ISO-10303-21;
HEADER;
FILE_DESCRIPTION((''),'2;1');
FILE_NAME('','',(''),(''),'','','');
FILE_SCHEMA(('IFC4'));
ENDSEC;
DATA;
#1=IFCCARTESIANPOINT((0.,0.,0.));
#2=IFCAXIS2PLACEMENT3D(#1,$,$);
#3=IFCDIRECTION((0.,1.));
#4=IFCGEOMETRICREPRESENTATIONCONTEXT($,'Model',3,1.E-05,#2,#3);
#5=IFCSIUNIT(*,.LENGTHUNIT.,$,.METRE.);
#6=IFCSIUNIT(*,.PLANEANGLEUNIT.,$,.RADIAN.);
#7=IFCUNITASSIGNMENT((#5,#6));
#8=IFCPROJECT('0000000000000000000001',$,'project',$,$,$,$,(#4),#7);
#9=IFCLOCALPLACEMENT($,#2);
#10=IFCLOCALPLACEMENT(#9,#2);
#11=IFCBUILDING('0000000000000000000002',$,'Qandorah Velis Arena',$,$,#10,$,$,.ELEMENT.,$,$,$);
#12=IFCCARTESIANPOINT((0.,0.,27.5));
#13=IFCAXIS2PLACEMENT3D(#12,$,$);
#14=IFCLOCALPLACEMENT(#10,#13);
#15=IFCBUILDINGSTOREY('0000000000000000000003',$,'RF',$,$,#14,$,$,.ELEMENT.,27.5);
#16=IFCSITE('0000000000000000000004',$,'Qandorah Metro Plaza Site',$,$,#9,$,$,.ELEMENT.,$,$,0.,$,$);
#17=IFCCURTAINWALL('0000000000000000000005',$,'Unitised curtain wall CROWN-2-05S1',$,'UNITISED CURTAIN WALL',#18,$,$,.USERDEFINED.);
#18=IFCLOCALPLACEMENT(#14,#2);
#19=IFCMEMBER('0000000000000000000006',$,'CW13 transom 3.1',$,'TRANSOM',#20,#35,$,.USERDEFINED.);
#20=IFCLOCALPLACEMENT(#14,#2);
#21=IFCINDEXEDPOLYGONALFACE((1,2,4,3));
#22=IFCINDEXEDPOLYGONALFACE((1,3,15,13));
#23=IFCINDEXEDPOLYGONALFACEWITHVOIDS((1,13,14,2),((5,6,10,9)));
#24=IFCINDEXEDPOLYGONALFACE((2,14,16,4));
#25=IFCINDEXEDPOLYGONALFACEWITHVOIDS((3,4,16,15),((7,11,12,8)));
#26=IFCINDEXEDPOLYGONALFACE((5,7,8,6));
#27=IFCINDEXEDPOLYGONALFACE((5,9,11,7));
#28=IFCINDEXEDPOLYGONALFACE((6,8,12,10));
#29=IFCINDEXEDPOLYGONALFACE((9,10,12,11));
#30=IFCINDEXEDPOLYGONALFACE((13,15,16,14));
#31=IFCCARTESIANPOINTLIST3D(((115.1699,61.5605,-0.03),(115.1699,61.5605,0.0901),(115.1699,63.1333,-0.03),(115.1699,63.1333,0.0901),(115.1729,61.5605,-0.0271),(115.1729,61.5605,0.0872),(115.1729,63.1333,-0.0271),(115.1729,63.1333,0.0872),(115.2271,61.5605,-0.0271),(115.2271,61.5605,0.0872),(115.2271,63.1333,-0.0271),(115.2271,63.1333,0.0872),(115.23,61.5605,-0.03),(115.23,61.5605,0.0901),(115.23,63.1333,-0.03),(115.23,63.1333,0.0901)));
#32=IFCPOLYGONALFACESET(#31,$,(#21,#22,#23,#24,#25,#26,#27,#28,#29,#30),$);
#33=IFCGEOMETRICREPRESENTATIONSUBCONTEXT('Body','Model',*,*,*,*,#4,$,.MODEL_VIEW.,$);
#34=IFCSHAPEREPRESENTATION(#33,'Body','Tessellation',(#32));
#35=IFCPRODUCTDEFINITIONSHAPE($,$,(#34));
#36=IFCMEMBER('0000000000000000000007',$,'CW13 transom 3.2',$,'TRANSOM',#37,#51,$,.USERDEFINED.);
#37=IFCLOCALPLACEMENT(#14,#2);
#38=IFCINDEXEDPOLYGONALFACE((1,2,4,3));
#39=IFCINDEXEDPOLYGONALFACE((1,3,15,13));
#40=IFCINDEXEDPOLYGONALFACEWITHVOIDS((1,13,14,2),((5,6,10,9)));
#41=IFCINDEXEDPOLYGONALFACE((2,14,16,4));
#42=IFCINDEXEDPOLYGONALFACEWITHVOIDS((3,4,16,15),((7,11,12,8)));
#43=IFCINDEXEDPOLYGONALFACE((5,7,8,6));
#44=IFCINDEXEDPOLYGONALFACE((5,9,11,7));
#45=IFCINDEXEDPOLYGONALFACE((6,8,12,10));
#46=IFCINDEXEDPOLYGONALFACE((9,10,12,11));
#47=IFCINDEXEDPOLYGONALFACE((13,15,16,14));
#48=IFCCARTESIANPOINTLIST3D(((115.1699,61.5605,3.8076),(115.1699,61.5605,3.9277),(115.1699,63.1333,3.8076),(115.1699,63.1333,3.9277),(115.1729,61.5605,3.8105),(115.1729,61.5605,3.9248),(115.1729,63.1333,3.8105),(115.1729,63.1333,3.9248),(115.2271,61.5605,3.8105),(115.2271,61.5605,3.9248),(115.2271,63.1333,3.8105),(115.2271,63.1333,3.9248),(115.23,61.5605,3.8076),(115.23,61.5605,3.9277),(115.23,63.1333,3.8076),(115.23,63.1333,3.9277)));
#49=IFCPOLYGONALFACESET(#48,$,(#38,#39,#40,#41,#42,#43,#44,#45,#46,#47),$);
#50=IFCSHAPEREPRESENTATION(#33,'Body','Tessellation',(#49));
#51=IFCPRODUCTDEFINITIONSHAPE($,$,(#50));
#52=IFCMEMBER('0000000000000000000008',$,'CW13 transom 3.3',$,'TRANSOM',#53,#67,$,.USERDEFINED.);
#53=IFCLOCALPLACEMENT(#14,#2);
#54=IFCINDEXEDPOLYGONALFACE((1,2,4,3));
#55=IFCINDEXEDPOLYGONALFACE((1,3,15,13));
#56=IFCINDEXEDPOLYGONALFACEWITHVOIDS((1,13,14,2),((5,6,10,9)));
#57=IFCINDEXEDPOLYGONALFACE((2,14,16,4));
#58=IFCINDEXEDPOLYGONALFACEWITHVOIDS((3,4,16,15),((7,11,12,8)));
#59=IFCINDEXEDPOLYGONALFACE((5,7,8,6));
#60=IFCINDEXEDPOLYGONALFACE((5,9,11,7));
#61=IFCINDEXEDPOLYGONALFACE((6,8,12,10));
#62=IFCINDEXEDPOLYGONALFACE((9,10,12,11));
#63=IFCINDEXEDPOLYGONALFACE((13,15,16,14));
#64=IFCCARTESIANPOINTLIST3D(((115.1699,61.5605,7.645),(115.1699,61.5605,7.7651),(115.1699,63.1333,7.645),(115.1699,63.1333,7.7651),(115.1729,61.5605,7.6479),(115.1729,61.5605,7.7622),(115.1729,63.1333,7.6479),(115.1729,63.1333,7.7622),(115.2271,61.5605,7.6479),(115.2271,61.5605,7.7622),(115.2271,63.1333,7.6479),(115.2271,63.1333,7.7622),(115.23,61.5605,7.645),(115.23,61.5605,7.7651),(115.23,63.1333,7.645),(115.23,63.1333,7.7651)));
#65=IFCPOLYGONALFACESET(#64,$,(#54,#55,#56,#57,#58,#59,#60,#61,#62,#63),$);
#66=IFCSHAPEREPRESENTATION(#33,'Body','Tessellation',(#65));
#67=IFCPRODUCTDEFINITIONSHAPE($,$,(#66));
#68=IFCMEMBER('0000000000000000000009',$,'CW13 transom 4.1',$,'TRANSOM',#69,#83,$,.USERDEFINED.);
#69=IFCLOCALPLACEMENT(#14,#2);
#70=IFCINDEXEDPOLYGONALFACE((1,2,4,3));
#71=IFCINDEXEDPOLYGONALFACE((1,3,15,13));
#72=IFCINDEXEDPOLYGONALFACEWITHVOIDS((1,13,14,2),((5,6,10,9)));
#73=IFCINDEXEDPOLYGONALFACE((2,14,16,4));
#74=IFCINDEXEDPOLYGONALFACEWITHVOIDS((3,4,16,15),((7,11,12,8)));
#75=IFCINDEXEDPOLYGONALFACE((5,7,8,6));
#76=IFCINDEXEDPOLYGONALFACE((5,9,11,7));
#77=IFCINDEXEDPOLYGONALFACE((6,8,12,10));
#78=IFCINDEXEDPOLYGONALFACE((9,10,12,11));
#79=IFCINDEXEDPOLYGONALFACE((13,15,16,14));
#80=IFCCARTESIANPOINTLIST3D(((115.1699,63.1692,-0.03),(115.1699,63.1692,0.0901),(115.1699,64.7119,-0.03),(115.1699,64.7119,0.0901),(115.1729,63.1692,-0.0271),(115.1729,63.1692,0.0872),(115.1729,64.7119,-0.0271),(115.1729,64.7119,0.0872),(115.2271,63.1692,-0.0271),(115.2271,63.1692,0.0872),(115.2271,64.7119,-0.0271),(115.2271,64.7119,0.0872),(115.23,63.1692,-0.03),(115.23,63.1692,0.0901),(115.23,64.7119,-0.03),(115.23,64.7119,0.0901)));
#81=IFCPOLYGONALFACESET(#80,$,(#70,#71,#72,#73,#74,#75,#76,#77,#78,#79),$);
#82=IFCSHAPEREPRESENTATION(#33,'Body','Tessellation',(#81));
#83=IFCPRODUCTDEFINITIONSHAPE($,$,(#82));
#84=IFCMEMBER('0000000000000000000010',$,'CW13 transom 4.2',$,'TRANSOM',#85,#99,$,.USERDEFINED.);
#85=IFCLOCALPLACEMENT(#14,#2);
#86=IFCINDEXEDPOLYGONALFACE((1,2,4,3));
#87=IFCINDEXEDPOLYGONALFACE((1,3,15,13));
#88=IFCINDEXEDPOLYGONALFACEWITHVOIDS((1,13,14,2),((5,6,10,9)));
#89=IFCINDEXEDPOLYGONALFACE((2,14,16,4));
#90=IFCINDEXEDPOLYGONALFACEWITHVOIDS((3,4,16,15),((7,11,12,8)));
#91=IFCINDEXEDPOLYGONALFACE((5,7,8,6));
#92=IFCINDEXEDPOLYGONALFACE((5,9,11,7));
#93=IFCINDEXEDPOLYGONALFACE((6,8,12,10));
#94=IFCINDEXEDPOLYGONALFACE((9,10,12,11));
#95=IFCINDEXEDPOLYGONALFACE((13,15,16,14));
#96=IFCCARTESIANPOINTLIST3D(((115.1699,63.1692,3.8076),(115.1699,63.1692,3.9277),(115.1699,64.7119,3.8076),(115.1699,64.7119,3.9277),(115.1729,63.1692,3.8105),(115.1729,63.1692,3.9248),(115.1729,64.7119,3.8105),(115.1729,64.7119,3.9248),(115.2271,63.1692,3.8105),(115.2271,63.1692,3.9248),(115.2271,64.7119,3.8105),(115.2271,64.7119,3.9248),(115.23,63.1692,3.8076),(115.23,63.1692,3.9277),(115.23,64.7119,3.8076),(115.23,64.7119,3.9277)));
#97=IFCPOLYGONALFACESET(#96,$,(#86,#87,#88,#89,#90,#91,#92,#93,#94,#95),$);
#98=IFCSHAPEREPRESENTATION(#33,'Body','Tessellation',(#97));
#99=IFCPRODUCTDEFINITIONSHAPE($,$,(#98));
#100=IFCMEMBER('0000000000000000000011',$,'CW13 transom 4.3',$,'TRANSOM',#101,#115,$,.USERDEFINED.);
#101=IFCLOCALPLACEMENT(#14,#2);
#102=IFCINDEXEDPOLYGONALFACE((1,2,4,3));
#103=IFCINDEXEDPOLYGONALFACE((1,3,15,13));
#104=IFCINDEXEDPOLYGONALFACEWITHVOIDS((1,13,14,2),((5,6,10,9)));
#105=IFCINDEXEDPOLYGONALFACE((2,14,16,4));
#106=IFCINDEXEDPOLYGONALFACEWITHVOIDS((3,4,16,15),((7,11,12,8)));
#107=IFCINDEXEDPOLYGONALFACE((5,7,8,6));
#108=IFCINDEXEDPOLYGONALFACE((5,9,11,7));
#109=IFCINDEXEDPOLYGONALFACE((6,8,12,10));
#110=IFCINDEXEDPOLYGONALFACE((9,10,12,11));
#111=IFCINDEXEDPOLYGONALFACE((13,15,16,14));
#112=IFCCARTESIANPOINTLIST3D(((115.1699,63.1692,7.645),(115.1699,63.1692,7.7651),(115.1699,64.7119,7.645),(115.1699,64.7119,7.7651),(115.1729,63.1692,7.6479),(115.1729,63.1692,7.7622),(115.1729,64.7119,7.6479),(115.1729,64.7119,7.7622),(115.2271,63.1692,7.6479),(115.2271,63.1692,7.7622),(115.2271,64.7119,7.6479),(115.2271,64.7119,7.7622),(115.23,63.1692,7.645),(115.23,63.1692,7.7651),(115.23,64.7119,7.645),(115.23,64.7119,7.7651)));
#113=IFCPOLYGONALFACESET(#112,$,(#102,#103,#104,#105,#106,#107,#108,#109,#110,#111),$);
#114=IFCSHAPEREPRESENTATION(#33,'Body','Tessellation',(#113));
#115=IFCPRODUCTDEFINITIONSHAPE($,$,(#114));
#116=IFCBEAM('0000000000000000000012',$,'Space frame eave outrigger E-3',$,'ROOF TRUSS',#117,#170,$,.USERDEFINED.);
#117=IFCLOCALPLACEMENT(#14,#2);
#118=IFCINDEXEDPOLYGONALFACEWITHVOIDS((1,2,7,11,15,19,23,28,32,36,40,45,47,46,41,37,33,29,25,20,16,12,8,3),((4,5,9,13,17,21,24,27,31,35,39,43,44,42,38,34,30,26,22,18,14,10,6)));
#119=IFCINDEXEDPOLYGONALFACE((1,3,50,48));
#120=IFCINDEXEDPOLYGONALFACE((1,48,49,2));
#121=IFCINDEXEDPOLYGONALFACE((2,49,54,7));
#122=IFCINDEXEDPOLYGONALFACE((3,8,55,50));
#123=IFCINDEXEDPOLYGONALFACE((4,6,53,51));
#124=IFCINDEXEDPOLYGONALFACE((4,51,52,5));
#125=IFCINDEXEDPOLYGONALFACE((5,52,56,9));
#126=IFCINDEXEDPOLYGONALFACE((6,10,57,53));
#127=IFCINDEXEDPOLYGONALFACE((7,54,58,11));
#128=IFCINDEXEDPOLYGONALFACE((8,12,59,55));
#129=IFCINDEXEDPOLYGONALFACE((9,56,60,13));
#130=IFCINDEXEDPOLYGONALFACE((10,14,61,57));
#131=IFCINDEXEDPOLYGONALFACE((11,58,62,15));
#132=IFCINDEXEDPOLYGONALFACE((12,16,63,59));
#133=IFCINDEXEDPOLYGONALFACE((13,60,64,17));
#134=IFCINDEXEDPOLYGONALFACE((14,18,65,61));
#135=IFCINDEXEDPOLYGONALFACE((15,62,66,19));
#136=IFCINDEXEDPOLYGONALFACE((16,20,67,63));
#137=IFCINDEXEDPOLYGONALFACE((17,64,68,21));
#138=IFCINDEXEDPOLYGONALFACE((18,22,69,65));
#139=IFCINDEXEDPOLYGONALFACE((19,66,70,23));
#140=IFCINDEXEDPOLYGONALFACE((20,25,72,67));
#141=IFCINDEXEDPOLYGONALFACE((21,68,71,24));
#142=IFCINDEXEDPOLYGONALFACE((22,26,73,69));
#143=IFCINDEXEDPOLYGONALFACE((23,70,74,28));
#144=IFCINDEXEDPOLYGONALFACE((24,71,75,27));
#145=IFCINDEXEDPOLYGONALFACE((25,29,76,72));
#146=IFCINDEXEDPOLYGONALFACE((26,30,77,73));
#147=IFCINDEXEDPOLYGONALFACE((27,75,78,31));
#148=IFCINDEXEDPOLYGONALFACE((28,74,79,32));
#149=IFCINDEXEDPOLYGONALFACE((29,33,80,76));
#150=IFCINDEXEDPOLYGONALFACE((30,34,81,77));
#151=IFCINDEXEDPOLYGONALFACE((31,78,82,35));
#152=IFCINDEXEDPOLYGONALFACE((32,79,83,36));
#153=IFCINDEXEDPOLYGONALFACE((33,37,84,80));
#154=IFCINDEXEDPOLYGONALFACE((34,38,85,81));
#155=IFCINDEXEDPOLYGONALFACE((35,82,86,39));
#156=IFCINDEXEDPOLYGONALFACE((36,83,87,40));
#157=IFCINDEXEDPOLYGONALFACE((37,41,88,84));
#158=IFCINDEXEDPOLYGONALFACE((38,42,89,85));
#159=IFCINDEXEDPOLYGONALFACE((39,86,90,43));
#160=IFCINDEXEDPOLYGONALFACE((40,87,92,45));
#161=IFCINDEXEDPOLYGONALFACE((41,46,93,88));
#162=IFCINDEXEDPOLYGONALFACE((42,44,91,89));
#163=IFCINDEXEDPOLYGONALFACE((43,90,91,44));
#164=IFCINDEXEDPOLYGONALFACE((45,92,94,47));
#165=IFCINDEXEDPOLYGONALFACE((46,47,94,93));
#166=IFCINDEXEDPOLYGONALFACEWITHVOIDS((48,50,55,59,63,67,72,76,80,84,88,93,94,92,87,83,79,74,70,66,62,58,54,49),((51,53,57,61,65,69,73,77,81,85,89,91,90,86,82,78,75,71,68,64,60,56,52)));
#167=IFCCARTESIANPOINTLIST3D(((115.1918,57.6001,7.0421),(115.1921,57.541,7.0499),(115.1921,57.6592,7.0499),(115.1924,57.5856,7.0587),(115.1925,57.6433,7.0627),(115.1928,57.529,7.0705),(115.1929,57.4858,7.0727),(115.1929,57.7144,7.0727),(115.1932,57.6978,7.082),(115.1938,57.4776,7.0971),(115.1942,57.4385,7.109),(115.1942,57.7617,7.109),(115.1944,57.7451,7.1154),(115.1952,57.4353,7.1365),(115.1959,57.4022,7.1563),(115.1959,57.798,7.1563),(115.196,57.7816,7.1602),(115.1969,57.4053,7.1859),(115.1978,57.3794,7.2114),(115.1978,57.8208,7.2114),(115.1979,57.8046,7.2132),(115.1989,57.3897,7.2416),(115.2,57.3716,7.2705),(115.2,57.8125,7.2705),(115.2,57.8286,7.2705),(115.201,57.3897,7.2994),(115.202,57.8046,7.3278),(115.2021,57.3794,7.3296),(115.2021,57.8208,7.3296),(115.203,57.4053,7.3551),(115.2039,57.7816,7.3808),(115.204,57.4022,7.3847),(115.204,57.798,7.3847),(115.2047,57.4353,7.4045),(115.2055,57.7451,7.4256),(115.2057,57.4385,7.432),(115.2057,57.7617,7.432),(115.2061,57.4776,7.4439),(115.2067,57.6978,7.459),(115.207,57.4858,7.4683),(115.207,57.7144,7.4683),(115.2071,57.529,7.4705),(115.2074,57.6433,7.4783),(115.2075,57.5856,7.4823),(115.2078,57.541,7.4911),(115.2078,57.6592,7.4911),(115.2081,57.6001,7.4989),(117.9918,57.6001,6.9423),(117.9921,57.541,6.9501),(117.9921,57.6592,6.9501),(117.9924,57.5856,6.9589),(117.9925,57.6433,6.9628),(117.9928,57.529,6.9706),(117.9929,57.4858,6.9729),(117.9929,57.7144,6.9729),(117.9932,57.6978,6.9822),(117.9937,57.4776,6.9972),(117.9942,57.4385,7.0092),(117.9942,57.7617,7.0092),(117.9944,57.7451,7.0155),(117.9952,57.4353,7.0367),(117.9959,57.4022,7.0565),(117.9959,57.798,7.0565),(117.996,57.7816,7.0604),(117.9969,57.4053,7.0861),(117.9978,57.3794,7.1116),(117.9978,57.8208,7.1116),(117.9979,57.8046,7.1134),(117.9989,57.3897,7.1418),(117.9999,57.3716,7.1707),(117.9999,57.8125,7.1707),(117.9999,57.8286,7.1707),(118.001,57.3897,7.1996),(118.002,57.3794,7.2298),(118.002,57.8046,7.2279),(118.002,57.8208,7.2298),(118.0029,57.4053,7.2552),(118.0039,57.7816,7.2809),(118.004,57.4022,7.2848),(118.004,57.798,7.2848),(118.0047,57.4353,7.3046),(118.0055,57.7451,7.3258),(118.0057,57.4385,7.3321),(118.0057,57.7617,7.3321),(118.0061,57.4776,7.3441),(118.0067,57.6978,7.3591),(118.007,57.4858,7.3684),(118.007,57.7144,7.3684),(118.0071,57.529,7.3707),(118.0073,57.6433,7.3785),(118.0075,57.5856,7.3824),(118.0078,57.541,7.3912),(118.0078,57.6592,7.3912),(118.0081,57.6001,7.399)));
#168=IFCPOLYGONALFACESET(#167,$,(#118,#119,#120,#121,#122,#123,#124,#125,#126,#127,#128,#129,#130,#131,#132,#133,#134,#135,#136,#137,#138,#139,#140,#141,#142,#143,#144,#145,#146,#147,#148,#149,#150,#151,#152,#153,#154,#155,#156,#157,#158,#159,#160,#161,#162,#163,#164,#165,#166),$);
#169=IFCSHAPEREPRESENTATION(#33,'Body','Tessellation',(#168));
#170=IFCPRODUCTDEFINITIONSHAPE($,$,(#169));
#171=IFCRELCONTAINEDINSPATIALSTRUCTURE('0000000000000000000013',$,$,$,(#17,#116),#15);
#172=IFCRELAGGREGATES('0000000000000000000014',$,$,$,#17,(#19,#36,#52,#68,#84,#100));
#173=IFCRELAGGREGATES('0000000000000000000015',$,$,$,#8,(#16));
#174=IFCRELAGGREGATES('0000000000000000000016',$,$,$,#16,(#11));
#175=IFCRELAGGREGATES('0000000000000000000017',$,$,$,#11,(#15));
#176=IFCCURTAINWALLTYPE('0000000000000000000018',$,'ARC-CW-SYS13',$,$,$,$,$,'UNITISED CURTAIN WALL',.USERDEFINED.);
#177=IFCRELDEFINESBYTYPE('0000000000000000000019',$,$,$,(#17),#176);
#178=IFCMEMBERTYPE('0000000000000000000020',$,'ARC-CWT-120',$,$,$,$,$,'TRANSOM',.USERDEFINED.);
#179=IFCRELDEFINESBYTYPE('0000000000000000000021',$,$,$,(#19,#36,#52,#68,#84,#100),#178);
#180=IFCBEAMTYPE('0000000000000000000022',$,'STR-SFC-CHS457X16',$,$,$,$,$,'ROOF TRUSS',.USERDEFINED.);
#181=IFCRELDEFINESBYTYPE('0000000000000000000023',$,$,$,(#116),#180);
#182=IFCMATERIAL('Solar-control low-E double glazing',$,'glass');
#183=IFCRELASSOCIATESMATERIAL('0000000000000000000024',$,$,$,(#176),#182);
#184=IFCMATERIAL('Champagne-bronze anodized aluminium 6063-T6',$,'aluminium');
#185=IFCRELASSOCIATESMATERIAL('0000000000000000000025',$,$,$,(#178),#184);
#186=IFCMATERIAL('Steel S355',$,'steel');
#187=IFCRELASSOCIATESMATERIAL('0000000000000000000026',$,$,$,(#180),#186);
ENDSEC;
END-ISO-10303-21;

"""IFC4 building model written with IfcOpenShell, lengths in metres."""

from ifc_helpers import new_model, si_unit, direction, frame, origin, origin_2d, place, context, subcontext, project, spatial, hollow_rectangle, hollow_circle, extrude, material, material_profile, profile_set, type_object, element, aggregate, save


model = new_model("IFC4")

# Units and contexts
model_context = context("Model", 3, precision=1e-05, world=origin(), true_north=direction((0.0, 1.0)))
body_context = subcontext(model_context, "Body", "Model", "MODEL_VIEW")
ifc_project = project(units=[si_unit("LENGTHUNIT", "METRE"), si_unit("PLANEANGLEUNIT", "RADIAN")], contexts=[model_context])

# Site, building, storey
site_placement = place(None, origin())
site = spatial("IfcSite", under=ifc_project, at=site_placement, Name="Qandorah Metro Plaza Site", CompositionType="ELEMENT", RefElevation=0.0)
building_placement = place(site_placement, origin())
building = spatial("IfcBuilding", under=site, at=building_placement, Name="Qandorah Velis Arena", CompositionType="ELEMENT")
storey_placement = place(building_placement, frame((0.0, 0.0, 27.5)))
storey = spatial("IfcBuildingStorey", under=building, at=storey_placement, Name="RF", CompositionType="ELEMENT", Elevation=27.5)

# Shared definitions
ifc_material_1 = material(Name="Solar-control low-E double glazing", Category="glass")
ifc_material_2 = material(Name="Champagne-bronze anodized aluminium 6063-T6", Category="aluminium")

# Curtain wall, members
curtain_wall_type_1 = type_object("IfcCurtainWallType", Name="ARC-CW-SYS13", ElementType="UNITISED CURTAIN WALL", PredefinedType="USERDEFINED", material=ifc_material_1)
curtain_wall_1_placement = place(storey_placement, origin())
curtain_wall_1 = element("IfcCurtainWall", 1, at=curtain_wall_1_placement, inside=storey, type_object=curtain_wall_type_1, Name="Unitised curtain wall CROWN-2-05S1", ObjectType="UNITISED CURTAIN WALL", PredefinedType="USERDEFINED")
ifc_material_profile_1 = material_profile(ifc_material_2, hollow_rectangle(XDim=0.0601, YDim=0.1201, WallThickness=0.0029, at=origin_2d()), Name="ALU TRANSOM 60x120")
ifc_profile_set_1 = profile_set([ifc_material_profile_1], Name="Champagne-bronze anodized aluminium 6063-T6")
member_type_1 = type_object("IfcMemberType", Name="ARC-CWT-120", ElementType="TRANSOM", PredefinedType="USERDEFINED", material=ifc_profile_set_1)
member_1_placement = place(storey_placement, frame((115.2, 61.5605, 0.03), z_axis=(0.0, 1.0, 0.0), x_axis=(-1.0, 0.0, 0.0)))
member_1 = element("IfcMember", 2, at=member_1_placement, type_object=member_type_1, Name="CW13 transom 3.1", ObjectType="TRANSOM", PredefinedType="USERDEFINED", context=body_context, shape_type="SweptSolid", body=[
    extrude(hollow_rectangle(XDim=0.0601, YDim=0.1201, WallThickness=0.0029, at=origin_2d()), origin(), (0.0, 0.0, 1.0), 1.5728),
])
member_2_placement = place(storey_placement, frame((115.2, 61.5605, 3.8677), z_axis=(0.0, 1.0, 0.0), x_axis=(-1.0, 0.0, 0.0)))
member_2 = element("IfcMember", 3, at=member_2_placement, type_object=member_type_1, Name="CW13 transom 3.2", ObjectType="TRANSOM", PredefinedType="USERDEFINED", context=body_context, shape_type="SweptSolid", body=[
    extrude(hollow_rectangle(XDim=0.0601, YDim=0.1201, WallThickness=0.0029, at=origin_2d()), origin(), (0.0, 0.0, 1.0), 1.5728),
])
member_3_placement = place(storey_placement, frame((115.2, 61.5605, 7.7051), z_axis=(0.0, 1.0, 0.0), x_axis=(-1.0, 0.0, 0.0)))
member_3 = element("IfcMember", 4, at=member_3_placement, type_object=member_type_1, Name="CW13 transom 3.3", ObjectType="TRANSOM", PredefinedType="USERDEFINED", context=body_context, shape_type="SweptSolid", body=[
    extrude(hollow_rectangle(XDim=0.0601, YDim=0.1201, WallThickness=0.0029, at=origin_2d()), origin(), (0.0, 0.0, 1.0), 1.5728),
])
member_4_placement = place(storey_placement, frame((115.2, 63.1692, 0.03), z_axis=(0.0, 1.0, 0.0), x_axis=(-1.0, 0.0, 0.0)))
member_4 = element("IfcMember", 5, at=member_4_placement, type_object=member_type_1, Name="CW13 transom 4.1", ObjectType="TRANSOM", PredefinedType="USERDEFINED", context=body_context, shape_type="SweptSolid", body=[
    extrude(hollow_rectangle(XDim=0.0601, YDim=0.1201, WallThickness=0.0029, at=origin_2d()), origin(), (0.0, 0.0, 1.0), 1.5427),
])
member_5_placement = place(storey_placement, frame((115.2, 63.1692, 3.8677), z_axis=(0.0, 1.0, 0.0), x_axis=(-1.0, 0.0, 0.0)))
member_5 = element("IfcMember", 6, at=member_5_placement, type_object=member_type_1, Name="CW13 transom 4.2", ObjectType="TRANSOM", PredefinedType="USERDEFINED", context=body_context, shape_type="SweptSolid", body=[
    extrude(hollow_rectangle(XDim=0.0601, YDim=0.1201, WallThickness=0.0029, at=origin_2d()), origin(), (0.0, 0.0, 1.0), 1.5427),
])
member_6_placement = place(storey_placement, frame((115.2, 63.1692, 7.7051), z_axis=(0.0, 1.0, 0.0), x_axis=(-1.0, 0.0, 0.0)))
member_6 = element("IfcMember", 7, at=member_6_placement, type_object=member_type_1, Name="CW13 transom 4.3", ObjectType="TRANSOM", PredefinedType="USERDEFINED", context=body_context, shape_type="SweptSolid", body=[
    extrude(hollow_rectangle(XDim=0.0601, YDim=0.1201, WallThickness=0.0029, at=origin_2d()), origin(), (0.0, 0.0, 1.0), 1.5427),
])

# Beam
ifc_material_3 = material(Name="Steel S355", Category="steel")
ifc_material_profile_2 = material_profile(ifc_material_3, hollow_circle(Radius=0.2285, WallThickness=0.0161, at=origin_2d()), Name="CHS 457x16")
ifc_profile_set_2 = profile_set([ifc_material_profile_2], Name="Steel S355")
beam_type_1 = type_object("IfcBeamType", Name="STR-SFC-CHS457X16", ElementType="ROOF TRUSS", PredefinedType="USERDEFINED", material=ifc_profile_set_2)
beam_1_placement = place(storey_placement, frame((115.2, 57.6001, 7.2705), z_axis=(0.999365, 0.0, -0.035639), x_axis=(0.0, 1.0, 0.0)))
element("IfcBeam", 8, at=beam_1_placement, inside=storey, type_object=beam_type_1, Name="Space frame eave outrigger E-3", ObjectType="ROOF TRUSS", PredefinedType="USERDEFINED", context=body_context, shape_type="SweptSolid", body=[
    extrude(hollow_circle(Radius=0.2285, WallThickness=0.0161, at=origin_2d()), origin(), (0.0, 0.0, 1.0), 2.8018),
])

aggregate(curtain_wall_1, [member_1, member_2, member_3, member_4, member_5, member_6])

save(model, "model.ifc")
